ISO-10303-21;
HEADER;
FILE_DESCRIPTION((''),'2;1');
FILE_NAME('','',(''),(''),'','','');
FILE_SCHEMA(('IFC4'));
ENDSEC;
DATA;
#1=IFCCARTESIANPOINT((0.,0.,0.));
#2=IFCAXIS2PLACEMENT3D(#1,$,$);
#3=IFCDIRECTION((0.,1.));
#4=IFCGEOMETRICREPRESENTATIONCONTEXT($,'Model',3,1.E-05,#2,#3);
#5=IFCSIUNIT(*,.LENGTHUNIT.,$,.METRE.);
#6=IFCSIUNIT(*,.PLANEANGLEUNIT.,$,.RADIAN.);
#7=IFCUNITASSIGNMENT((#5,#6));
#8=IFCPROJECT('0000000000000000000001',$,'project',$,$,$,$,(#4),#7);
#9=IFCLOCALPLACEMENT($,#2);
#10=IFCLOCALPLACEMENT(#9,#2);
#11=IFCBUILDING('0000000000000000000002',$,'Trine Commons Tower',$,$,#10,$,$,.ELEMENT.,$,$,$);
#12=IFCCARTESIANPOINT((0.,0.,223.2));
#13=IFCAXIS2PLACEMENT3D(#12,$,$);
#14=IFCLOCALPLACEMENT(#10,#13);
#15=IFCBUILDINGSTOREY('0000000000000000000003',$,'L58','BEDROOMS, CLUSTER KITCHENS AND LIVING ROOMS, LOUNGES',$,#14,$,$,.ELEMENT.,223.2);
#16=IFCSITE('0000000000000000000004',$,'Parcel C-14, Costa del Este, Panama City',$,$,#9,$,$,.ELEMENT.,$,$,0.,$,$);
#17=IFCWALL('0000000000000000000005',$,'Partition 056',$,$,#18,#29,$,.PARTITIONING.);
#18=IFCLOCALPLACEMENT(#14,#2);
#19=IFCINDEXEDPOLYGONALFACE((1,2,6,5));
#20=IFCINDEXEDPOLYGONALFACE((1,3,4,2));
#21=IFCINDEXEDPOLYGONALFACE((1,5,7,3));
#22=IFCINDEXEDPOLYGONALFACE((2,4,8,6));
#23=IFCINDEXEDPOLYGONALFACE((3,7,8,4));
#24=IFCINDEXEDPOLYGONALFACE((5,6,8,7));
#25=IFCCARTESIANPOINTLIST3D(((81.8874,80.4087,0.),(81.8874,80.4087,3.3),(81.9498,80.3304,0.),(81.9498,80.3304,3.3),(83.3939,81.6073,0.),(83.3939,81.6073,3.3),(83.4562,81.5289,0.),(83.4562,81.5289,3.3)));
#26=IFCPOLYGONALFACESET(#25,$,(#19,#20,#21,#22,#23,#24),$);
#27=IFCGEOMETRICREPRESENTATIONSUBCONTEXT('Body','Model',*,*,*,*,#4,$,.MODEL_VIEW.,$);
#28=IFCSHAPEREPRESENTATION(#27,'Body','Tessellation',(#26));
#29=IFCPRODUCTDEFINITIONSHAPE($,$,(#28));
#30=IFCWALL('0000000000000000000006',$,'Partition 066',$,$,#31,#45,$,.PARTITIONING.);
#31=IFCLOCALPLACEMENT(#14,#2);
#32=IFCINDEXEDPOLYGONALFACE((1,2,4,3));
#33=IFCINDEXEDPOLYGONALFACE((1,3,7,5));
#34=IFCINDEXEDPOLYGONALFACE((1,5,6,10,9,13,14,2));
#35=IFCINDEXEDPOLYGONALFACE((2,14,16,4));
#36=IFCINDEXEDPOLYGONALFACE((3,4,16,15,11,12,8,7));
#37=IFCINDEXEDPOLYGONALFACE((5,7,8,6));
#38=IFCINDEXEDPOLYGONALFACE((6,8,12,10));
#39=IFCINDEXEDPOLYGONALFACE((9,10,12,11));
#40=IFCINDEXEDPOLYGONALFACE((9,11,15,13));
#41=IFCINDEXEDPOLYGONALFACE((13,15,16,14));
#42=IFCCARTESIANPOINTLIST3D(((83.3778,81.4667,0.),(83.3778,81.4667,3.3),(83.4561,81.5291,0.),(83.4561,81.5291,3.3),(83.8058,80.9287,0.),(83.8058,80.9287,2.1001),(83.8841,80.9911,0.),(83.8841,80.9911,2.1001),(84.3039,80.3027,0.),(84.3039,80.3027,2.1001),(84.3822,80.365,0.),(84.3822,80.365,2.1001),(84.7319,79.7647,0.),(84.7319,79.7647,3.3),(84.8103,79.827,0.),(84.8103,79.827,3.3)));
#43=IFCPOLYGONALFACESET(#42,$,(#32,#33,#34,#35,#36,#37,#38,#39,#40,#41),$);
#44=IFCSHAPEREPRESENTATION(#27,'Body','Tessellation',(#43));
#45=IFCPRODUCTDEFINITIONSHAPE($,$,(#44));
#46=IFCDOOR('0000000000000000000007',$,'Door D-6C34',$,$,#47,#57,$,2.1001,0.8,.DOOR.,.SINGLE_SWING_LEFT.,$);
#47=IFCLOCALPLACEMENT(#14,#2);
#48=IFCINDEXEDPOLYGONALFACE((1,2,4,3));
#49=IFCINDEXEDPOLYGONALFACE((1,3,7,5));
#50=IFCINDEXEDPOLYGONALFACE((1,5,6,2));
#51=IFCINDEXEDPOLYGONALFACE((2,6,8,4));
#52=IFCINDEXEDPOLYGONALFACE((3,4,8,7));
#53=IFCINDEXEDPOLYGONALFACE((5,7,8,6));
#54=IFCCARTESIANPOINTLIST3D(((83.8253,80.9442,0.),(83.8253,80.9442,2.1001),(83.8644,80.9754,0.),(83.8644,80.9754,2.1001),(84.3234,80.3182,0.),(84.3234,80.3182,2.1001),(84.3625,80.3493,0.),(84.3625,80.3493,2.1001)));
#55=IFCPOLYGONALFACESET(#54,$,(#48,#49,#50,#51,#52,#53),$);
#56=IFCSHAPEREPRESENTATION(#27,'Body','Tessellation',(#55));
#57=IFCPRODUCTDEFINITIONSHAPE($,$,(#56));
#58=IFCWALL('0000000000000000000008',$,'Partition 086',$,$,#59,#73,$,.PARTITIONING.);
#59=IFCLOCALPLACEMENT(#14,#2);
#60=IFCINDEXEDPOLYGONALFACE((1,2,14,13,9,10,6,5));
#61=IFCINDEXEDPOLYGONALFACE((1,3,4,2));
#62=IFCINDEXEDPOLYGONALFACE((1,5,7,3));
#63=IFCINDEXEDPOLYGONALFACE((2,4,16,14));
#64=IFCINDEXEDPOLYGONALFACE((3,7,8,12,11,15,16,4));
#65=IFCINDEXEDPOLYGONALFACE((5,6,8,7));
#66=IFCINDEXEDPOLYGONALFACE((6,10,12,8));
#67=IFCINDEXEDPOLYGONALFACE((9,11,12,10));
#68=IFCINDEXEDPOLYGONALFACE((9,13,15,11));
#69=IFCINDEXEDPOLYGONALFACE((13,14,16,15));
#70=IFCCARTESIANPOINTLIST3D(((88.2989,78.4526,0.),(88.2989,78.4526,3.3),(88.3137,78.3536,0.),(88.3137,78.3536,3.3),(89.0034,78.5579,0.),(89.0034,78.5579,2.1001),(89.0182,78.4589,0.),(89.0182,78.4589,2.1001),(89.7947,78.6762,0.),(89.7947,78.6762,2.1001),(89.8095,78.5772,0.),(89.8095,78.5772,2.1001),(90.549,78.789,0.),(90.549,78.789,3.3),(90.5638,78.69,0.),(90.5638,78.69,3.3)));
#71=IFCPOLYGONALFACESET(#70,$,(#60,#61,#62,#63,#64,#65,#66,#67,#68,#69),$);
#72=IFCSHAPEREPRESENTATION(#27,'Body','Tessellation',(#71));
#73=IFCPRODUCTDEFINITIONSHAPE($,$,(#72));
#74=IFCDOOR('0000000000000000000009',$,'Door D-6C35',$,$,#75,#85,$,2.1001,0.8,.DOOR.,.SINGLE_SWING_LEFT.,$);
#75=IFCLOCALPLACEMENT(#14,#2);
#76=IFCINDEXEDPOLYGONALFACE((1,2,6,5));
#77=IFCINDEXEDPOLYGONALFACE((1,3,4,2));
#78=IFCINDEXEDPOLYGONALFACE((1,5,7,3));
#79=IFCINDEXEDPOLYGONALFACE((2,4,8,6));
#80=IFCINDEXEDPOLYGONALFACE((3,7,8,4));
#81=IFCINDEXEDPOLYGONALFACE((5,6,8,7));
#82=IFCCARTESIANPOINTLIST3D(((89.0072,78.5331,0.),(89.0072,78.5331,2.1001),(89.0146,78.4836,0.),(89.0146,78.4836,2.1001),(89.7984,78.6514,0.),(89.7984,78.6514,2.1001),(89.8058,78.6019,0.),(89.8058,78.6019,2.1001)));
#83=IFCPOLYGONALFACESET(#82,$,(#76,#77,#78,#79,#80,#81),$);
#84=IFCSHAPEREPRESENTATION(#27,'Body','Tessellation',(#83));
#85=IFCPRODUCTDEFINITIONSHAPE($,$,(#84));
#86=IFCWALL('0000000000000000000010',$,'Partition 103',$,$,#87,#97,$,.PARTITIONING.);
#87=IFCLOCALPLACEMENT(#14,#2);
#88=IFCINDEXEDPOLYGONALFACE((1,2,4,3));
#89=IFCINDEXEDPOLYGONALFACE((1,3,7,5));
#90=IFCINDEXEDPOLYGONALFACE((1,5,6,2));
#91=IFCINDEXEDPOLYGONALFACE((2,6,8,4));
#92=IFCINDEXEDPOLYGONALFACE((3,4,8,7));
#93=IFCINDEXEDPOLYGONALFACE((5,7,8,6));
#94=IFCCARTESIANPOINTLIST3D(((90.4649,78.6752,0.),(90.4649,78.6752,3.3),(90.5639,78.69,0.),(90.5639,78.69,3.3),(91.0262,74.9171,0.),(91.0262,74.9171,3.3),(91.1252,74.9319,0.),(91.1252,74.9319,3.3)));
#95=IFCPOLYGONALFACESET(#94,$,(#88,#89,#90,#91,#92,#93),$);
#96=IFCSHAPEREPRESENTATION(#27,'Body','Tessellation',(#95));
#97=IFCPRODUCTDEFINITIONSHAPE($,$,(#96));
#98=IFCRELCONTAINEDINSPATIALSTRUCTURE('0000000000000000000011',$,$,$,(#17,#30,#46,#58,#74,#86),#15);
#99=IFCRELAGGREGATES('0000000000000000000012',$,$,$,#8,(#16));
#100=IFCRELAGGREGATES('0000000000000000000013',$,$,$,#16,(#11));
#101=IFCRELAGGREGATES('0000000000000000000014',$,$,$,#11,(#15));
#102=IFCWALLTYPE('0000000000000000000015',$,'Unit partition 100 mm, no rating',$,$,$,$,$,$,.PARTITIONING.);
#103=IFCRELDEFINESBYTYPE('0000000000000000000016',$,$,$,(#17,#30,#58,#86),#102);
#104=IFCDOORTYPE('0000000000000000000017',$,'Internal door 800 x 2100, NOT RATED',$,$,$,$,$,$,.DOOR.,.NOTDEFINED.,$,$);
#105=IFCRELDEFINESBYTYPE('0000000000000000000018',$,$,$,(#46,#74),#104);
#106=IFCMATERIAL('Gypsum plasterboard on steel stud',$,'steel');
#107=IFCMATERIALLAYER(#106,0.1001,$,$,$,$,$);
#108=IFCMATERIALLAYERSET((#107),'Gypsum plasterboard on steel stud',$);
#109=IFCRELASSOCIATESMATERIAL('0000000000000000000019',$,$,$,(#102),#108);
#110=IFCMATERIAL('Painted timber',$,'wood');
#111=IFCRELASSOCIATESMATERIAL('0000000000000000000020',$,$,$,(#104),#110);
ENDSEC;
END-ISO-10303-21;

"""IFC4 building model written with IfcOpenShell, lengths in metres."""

from ifc_helpers import new_model, si_unit, direction, frame, frame_2d, origin, place, context, subcontext, project, spatial, rectangle, extrude, material, layer, layer_set, type_object, element, fill, save


model = new_model("IFC4")

# Units and contexts
model_context = context("Model", 3, precision=1e-05, world=origin(), true_north=direction((0.0, 1.0)))
body_context = subcontext(model_context, "Body", "Model", "MODEL_VIEW")
ifc_project = project(units=[si_unit("LENGTHUNIT", "METRE"), si_unit("PLANEANGLEUNIT", "RADIAN")], contexts=[model_context])

# Site, building, storey
site_placement = place(None, origin())
site = spatial("IfcSite", under=ifc_project, at=site_placement, Name="Parcel C-14, Costa del Este, Panama City", CompositionType="ELEMENT", RefElevation=0.0)
building_placement = place(site_placement, origin())
building = spatial("IfcBuilding", under=site, at=building_placement, Name="Trine Commons Tower", CompositionType="ELEMENT")
storey_placement = place(building_placement, frame((0.0, 0.0, 223.2)))
storey = spatial("IfcBuildingStorey", under=building, at=storey_placement, Name="L58", Description="BEDROOMS, CLUSTER KITCHENS AND LIVING ROOMS, LOUNGES", CompositionType="ELEMENT", Elevation=223.2)

# Shared definitions
ifc_material_1 = material(Name="Gypsum plasterboard on steel stud", Category="steel")

# Shared definitions
ifc_material_2 = material(Name="Painted timber", Category="wood")

# Wall
ifc_layer_1 = layer(ifc_material_1, 0.1001)
ifc_layer_set_1 = layer_set([ifc_layer_1], Name="Gypsum plasterboard on steel stud")
wall_type_1 = type_object("IfcWallType", Name="Unit partition 100 mm, no rating", PredefinedType="PARTITIONING", material=ifc_layer_set_1)
wall_1_placement = place(storey_placement, frame((81.9187, 80.3696, 0.0), z_axis=(0.0, 0.0, 1.0), x_axis=(0.782536, 0.622605, 0.0)))
element("IfcWall", 1, at=wall_1_placement, inside=storey, type_object=wall_type_1, Name="Partition 056", PredefinedType="PARTITIONING", context=body_context, shape_type="SweptSolid", body=[
    extrude(rectangle(XDim=1.925, YDim=0.1001, at=frame_2d((0.9624, 0.0))), origin(), (0.0, 0.0, 1.0), 3.3),
])

# Walls, openings, doors
wall_2_placement = place(storey_placement, frame((83.417, 81.4978, 0.0), z_axis=(0.0, 0.0, 1.0), x_axis=(0.622599, -0.782541, 0.0)))
wall_2 = element("IfcWall", 2, at=wall_2_placement, inside=storey, type_object=wall_type_1, Name="Partition 066", PredefinedType="PARTITIONING", context=body_context, shape_type="SweptSolid", body=[
    extrude(rectangle(XDim=2.175, YDim=0.1001, at=frame_2d((1.0874, 0.0))), origin(), (0.0, 0.0, 1.0), 3.3),
])
opening_1_placement = place(wall_2_placement, frame((0.6875, 0.0, 0.0)))
opening_1 = element("IfcOpeningElement", 3, at=opening_1_placement, cuts=wall_2, PredefinedType="OPENING", context=body_context, shape_type="SweptSolid", body=[
    extrude(rectangle(XDim=0.8, YDim=2.1001, at=frame_2d((0.3999, 1.05))), frame((0.0, 0.0601, 0.0), z_axis=(0.0, -1.0, 0.0), x_axis=(1.0, 0.0, 0.0)), (0.0, 0.0, 1.0), 0.1201),
])
door_type_1 = type_object("IfcDoorType", Name="Internal door 800 x 2100, NOT RATED", OperationType="NOTDEFINED", PredefinedType="DOOR", material=ifc_material_2)
door_1_placement = place(opening_1_placement, origin())
door_1 = element("IfcDoor", 4, at=door_1_placement, inside=storey, type_object=door_type_1, Name="Door D-6C34", OperationType="SINGLE_SWING_LEFT", OverallHeight=2.1001, OverallWidth=0.8, PredefinedType="DOOR", context=body_context, shape_type="SweptSolid", body=[
    extrude(rectangle(XDim=0.8, YDim=2.1001, at=frame_2d((0.3999, 1.05))), frame((0.0, 0.0249, 0.0), z_axis=(0.0, -1.0, 0.0), x_axis=(1.0, 0.0, 0.0)), (0.0, 0.0, 1.0), 0.05),
])
fill(opening_1, door_1)
wall_3_placement = place(storey_placement, frame((88.3062, 78.4031, 0.0), z_axis=(0.0, 0.0, 1.0), x_axis=(0.989008, 0.147863, 0.0)))
wall_3 = element("IfcWall", 5, at=wall_3_placement, inside=storey, type_object=wall_type_1, Name="Partition 086", PredefinedType="PARTITIONING", context=body_context, shape_type="SweptSolid", body=[
    extrude(rectangle(XDim=2.2751, YDim=0.1001, at=frame_2d((1.1377, 0.0))), origin(), (0.0, 0.0, 1.0), 3.3),
])
opening_2_placement = place(wall_3_placement, frame((0.7126, 0.0, 0.0)))
opening_2 = element("IfcOpeningElement", 6, at=opening_2_placement, cuts=wall_3, PredefinedType="OPENING", context=body_context, shape_type="SweptSolid", body=[
    extrude(rectangle(XDim=0.8, YDim=2.1001, at=frame_2d((0.3999, 1.05))), frame((0.0, 0.0601, 0.0), z_axis=(0.0, -1.0, 0.0), x_axis=(1.0, 0.0, 0.0)), (0.0, 0.0, 1.0), 0.1201),
])
door_2_placement = place(opening_2_placement, origin())
door_2 = element("IfcDoor", 7, at=door_2_placement, inside=storey, type_object=door_type_1, Name="Door D-6C35", OperationType="SINGLE_SWING_LEFT", OverallHeight=2.1001, OverallWidth=0.8, PredefinedType="DOOR", context=body_context, shape_type="SweptSolid", body=[
    extrude(rectangle(XDim=0.8, YDim=2.1001, at=frame_2d((0.3999, 1.05))), frame((0.0, 0.0249, 0.0), z_axis=(0.0, -1.0, 0.0), x_axis=(1.0, 0.0, 0.0)), (0.0, 0.0, 1.0), 0.05),
])
fill(opening_2, door_2)

# Wall
wall_4_placement = place(storey_placement, frame((90.5144, 78.6826, 0.0), z_axis=(0.0, 0.0, 1.0), x_axis=(0.147715, -0.98903, 0.0)))
element("IfcWall", 8, at=wall_4_placement, inside=storey, type_object=wall_type_1, Name="Partition 103", PredefinedType="PARTITIONING", context=body_context, shape_type="SweptSolid", body=[
    extrude(rectangle(XDim=3.7998, YDim=0.1001, at=frame_2d((1.8999, 0.0))), origin(), (0.0, 0.0, 1.0), 3.3),
])

save(model, "model.ifc")
